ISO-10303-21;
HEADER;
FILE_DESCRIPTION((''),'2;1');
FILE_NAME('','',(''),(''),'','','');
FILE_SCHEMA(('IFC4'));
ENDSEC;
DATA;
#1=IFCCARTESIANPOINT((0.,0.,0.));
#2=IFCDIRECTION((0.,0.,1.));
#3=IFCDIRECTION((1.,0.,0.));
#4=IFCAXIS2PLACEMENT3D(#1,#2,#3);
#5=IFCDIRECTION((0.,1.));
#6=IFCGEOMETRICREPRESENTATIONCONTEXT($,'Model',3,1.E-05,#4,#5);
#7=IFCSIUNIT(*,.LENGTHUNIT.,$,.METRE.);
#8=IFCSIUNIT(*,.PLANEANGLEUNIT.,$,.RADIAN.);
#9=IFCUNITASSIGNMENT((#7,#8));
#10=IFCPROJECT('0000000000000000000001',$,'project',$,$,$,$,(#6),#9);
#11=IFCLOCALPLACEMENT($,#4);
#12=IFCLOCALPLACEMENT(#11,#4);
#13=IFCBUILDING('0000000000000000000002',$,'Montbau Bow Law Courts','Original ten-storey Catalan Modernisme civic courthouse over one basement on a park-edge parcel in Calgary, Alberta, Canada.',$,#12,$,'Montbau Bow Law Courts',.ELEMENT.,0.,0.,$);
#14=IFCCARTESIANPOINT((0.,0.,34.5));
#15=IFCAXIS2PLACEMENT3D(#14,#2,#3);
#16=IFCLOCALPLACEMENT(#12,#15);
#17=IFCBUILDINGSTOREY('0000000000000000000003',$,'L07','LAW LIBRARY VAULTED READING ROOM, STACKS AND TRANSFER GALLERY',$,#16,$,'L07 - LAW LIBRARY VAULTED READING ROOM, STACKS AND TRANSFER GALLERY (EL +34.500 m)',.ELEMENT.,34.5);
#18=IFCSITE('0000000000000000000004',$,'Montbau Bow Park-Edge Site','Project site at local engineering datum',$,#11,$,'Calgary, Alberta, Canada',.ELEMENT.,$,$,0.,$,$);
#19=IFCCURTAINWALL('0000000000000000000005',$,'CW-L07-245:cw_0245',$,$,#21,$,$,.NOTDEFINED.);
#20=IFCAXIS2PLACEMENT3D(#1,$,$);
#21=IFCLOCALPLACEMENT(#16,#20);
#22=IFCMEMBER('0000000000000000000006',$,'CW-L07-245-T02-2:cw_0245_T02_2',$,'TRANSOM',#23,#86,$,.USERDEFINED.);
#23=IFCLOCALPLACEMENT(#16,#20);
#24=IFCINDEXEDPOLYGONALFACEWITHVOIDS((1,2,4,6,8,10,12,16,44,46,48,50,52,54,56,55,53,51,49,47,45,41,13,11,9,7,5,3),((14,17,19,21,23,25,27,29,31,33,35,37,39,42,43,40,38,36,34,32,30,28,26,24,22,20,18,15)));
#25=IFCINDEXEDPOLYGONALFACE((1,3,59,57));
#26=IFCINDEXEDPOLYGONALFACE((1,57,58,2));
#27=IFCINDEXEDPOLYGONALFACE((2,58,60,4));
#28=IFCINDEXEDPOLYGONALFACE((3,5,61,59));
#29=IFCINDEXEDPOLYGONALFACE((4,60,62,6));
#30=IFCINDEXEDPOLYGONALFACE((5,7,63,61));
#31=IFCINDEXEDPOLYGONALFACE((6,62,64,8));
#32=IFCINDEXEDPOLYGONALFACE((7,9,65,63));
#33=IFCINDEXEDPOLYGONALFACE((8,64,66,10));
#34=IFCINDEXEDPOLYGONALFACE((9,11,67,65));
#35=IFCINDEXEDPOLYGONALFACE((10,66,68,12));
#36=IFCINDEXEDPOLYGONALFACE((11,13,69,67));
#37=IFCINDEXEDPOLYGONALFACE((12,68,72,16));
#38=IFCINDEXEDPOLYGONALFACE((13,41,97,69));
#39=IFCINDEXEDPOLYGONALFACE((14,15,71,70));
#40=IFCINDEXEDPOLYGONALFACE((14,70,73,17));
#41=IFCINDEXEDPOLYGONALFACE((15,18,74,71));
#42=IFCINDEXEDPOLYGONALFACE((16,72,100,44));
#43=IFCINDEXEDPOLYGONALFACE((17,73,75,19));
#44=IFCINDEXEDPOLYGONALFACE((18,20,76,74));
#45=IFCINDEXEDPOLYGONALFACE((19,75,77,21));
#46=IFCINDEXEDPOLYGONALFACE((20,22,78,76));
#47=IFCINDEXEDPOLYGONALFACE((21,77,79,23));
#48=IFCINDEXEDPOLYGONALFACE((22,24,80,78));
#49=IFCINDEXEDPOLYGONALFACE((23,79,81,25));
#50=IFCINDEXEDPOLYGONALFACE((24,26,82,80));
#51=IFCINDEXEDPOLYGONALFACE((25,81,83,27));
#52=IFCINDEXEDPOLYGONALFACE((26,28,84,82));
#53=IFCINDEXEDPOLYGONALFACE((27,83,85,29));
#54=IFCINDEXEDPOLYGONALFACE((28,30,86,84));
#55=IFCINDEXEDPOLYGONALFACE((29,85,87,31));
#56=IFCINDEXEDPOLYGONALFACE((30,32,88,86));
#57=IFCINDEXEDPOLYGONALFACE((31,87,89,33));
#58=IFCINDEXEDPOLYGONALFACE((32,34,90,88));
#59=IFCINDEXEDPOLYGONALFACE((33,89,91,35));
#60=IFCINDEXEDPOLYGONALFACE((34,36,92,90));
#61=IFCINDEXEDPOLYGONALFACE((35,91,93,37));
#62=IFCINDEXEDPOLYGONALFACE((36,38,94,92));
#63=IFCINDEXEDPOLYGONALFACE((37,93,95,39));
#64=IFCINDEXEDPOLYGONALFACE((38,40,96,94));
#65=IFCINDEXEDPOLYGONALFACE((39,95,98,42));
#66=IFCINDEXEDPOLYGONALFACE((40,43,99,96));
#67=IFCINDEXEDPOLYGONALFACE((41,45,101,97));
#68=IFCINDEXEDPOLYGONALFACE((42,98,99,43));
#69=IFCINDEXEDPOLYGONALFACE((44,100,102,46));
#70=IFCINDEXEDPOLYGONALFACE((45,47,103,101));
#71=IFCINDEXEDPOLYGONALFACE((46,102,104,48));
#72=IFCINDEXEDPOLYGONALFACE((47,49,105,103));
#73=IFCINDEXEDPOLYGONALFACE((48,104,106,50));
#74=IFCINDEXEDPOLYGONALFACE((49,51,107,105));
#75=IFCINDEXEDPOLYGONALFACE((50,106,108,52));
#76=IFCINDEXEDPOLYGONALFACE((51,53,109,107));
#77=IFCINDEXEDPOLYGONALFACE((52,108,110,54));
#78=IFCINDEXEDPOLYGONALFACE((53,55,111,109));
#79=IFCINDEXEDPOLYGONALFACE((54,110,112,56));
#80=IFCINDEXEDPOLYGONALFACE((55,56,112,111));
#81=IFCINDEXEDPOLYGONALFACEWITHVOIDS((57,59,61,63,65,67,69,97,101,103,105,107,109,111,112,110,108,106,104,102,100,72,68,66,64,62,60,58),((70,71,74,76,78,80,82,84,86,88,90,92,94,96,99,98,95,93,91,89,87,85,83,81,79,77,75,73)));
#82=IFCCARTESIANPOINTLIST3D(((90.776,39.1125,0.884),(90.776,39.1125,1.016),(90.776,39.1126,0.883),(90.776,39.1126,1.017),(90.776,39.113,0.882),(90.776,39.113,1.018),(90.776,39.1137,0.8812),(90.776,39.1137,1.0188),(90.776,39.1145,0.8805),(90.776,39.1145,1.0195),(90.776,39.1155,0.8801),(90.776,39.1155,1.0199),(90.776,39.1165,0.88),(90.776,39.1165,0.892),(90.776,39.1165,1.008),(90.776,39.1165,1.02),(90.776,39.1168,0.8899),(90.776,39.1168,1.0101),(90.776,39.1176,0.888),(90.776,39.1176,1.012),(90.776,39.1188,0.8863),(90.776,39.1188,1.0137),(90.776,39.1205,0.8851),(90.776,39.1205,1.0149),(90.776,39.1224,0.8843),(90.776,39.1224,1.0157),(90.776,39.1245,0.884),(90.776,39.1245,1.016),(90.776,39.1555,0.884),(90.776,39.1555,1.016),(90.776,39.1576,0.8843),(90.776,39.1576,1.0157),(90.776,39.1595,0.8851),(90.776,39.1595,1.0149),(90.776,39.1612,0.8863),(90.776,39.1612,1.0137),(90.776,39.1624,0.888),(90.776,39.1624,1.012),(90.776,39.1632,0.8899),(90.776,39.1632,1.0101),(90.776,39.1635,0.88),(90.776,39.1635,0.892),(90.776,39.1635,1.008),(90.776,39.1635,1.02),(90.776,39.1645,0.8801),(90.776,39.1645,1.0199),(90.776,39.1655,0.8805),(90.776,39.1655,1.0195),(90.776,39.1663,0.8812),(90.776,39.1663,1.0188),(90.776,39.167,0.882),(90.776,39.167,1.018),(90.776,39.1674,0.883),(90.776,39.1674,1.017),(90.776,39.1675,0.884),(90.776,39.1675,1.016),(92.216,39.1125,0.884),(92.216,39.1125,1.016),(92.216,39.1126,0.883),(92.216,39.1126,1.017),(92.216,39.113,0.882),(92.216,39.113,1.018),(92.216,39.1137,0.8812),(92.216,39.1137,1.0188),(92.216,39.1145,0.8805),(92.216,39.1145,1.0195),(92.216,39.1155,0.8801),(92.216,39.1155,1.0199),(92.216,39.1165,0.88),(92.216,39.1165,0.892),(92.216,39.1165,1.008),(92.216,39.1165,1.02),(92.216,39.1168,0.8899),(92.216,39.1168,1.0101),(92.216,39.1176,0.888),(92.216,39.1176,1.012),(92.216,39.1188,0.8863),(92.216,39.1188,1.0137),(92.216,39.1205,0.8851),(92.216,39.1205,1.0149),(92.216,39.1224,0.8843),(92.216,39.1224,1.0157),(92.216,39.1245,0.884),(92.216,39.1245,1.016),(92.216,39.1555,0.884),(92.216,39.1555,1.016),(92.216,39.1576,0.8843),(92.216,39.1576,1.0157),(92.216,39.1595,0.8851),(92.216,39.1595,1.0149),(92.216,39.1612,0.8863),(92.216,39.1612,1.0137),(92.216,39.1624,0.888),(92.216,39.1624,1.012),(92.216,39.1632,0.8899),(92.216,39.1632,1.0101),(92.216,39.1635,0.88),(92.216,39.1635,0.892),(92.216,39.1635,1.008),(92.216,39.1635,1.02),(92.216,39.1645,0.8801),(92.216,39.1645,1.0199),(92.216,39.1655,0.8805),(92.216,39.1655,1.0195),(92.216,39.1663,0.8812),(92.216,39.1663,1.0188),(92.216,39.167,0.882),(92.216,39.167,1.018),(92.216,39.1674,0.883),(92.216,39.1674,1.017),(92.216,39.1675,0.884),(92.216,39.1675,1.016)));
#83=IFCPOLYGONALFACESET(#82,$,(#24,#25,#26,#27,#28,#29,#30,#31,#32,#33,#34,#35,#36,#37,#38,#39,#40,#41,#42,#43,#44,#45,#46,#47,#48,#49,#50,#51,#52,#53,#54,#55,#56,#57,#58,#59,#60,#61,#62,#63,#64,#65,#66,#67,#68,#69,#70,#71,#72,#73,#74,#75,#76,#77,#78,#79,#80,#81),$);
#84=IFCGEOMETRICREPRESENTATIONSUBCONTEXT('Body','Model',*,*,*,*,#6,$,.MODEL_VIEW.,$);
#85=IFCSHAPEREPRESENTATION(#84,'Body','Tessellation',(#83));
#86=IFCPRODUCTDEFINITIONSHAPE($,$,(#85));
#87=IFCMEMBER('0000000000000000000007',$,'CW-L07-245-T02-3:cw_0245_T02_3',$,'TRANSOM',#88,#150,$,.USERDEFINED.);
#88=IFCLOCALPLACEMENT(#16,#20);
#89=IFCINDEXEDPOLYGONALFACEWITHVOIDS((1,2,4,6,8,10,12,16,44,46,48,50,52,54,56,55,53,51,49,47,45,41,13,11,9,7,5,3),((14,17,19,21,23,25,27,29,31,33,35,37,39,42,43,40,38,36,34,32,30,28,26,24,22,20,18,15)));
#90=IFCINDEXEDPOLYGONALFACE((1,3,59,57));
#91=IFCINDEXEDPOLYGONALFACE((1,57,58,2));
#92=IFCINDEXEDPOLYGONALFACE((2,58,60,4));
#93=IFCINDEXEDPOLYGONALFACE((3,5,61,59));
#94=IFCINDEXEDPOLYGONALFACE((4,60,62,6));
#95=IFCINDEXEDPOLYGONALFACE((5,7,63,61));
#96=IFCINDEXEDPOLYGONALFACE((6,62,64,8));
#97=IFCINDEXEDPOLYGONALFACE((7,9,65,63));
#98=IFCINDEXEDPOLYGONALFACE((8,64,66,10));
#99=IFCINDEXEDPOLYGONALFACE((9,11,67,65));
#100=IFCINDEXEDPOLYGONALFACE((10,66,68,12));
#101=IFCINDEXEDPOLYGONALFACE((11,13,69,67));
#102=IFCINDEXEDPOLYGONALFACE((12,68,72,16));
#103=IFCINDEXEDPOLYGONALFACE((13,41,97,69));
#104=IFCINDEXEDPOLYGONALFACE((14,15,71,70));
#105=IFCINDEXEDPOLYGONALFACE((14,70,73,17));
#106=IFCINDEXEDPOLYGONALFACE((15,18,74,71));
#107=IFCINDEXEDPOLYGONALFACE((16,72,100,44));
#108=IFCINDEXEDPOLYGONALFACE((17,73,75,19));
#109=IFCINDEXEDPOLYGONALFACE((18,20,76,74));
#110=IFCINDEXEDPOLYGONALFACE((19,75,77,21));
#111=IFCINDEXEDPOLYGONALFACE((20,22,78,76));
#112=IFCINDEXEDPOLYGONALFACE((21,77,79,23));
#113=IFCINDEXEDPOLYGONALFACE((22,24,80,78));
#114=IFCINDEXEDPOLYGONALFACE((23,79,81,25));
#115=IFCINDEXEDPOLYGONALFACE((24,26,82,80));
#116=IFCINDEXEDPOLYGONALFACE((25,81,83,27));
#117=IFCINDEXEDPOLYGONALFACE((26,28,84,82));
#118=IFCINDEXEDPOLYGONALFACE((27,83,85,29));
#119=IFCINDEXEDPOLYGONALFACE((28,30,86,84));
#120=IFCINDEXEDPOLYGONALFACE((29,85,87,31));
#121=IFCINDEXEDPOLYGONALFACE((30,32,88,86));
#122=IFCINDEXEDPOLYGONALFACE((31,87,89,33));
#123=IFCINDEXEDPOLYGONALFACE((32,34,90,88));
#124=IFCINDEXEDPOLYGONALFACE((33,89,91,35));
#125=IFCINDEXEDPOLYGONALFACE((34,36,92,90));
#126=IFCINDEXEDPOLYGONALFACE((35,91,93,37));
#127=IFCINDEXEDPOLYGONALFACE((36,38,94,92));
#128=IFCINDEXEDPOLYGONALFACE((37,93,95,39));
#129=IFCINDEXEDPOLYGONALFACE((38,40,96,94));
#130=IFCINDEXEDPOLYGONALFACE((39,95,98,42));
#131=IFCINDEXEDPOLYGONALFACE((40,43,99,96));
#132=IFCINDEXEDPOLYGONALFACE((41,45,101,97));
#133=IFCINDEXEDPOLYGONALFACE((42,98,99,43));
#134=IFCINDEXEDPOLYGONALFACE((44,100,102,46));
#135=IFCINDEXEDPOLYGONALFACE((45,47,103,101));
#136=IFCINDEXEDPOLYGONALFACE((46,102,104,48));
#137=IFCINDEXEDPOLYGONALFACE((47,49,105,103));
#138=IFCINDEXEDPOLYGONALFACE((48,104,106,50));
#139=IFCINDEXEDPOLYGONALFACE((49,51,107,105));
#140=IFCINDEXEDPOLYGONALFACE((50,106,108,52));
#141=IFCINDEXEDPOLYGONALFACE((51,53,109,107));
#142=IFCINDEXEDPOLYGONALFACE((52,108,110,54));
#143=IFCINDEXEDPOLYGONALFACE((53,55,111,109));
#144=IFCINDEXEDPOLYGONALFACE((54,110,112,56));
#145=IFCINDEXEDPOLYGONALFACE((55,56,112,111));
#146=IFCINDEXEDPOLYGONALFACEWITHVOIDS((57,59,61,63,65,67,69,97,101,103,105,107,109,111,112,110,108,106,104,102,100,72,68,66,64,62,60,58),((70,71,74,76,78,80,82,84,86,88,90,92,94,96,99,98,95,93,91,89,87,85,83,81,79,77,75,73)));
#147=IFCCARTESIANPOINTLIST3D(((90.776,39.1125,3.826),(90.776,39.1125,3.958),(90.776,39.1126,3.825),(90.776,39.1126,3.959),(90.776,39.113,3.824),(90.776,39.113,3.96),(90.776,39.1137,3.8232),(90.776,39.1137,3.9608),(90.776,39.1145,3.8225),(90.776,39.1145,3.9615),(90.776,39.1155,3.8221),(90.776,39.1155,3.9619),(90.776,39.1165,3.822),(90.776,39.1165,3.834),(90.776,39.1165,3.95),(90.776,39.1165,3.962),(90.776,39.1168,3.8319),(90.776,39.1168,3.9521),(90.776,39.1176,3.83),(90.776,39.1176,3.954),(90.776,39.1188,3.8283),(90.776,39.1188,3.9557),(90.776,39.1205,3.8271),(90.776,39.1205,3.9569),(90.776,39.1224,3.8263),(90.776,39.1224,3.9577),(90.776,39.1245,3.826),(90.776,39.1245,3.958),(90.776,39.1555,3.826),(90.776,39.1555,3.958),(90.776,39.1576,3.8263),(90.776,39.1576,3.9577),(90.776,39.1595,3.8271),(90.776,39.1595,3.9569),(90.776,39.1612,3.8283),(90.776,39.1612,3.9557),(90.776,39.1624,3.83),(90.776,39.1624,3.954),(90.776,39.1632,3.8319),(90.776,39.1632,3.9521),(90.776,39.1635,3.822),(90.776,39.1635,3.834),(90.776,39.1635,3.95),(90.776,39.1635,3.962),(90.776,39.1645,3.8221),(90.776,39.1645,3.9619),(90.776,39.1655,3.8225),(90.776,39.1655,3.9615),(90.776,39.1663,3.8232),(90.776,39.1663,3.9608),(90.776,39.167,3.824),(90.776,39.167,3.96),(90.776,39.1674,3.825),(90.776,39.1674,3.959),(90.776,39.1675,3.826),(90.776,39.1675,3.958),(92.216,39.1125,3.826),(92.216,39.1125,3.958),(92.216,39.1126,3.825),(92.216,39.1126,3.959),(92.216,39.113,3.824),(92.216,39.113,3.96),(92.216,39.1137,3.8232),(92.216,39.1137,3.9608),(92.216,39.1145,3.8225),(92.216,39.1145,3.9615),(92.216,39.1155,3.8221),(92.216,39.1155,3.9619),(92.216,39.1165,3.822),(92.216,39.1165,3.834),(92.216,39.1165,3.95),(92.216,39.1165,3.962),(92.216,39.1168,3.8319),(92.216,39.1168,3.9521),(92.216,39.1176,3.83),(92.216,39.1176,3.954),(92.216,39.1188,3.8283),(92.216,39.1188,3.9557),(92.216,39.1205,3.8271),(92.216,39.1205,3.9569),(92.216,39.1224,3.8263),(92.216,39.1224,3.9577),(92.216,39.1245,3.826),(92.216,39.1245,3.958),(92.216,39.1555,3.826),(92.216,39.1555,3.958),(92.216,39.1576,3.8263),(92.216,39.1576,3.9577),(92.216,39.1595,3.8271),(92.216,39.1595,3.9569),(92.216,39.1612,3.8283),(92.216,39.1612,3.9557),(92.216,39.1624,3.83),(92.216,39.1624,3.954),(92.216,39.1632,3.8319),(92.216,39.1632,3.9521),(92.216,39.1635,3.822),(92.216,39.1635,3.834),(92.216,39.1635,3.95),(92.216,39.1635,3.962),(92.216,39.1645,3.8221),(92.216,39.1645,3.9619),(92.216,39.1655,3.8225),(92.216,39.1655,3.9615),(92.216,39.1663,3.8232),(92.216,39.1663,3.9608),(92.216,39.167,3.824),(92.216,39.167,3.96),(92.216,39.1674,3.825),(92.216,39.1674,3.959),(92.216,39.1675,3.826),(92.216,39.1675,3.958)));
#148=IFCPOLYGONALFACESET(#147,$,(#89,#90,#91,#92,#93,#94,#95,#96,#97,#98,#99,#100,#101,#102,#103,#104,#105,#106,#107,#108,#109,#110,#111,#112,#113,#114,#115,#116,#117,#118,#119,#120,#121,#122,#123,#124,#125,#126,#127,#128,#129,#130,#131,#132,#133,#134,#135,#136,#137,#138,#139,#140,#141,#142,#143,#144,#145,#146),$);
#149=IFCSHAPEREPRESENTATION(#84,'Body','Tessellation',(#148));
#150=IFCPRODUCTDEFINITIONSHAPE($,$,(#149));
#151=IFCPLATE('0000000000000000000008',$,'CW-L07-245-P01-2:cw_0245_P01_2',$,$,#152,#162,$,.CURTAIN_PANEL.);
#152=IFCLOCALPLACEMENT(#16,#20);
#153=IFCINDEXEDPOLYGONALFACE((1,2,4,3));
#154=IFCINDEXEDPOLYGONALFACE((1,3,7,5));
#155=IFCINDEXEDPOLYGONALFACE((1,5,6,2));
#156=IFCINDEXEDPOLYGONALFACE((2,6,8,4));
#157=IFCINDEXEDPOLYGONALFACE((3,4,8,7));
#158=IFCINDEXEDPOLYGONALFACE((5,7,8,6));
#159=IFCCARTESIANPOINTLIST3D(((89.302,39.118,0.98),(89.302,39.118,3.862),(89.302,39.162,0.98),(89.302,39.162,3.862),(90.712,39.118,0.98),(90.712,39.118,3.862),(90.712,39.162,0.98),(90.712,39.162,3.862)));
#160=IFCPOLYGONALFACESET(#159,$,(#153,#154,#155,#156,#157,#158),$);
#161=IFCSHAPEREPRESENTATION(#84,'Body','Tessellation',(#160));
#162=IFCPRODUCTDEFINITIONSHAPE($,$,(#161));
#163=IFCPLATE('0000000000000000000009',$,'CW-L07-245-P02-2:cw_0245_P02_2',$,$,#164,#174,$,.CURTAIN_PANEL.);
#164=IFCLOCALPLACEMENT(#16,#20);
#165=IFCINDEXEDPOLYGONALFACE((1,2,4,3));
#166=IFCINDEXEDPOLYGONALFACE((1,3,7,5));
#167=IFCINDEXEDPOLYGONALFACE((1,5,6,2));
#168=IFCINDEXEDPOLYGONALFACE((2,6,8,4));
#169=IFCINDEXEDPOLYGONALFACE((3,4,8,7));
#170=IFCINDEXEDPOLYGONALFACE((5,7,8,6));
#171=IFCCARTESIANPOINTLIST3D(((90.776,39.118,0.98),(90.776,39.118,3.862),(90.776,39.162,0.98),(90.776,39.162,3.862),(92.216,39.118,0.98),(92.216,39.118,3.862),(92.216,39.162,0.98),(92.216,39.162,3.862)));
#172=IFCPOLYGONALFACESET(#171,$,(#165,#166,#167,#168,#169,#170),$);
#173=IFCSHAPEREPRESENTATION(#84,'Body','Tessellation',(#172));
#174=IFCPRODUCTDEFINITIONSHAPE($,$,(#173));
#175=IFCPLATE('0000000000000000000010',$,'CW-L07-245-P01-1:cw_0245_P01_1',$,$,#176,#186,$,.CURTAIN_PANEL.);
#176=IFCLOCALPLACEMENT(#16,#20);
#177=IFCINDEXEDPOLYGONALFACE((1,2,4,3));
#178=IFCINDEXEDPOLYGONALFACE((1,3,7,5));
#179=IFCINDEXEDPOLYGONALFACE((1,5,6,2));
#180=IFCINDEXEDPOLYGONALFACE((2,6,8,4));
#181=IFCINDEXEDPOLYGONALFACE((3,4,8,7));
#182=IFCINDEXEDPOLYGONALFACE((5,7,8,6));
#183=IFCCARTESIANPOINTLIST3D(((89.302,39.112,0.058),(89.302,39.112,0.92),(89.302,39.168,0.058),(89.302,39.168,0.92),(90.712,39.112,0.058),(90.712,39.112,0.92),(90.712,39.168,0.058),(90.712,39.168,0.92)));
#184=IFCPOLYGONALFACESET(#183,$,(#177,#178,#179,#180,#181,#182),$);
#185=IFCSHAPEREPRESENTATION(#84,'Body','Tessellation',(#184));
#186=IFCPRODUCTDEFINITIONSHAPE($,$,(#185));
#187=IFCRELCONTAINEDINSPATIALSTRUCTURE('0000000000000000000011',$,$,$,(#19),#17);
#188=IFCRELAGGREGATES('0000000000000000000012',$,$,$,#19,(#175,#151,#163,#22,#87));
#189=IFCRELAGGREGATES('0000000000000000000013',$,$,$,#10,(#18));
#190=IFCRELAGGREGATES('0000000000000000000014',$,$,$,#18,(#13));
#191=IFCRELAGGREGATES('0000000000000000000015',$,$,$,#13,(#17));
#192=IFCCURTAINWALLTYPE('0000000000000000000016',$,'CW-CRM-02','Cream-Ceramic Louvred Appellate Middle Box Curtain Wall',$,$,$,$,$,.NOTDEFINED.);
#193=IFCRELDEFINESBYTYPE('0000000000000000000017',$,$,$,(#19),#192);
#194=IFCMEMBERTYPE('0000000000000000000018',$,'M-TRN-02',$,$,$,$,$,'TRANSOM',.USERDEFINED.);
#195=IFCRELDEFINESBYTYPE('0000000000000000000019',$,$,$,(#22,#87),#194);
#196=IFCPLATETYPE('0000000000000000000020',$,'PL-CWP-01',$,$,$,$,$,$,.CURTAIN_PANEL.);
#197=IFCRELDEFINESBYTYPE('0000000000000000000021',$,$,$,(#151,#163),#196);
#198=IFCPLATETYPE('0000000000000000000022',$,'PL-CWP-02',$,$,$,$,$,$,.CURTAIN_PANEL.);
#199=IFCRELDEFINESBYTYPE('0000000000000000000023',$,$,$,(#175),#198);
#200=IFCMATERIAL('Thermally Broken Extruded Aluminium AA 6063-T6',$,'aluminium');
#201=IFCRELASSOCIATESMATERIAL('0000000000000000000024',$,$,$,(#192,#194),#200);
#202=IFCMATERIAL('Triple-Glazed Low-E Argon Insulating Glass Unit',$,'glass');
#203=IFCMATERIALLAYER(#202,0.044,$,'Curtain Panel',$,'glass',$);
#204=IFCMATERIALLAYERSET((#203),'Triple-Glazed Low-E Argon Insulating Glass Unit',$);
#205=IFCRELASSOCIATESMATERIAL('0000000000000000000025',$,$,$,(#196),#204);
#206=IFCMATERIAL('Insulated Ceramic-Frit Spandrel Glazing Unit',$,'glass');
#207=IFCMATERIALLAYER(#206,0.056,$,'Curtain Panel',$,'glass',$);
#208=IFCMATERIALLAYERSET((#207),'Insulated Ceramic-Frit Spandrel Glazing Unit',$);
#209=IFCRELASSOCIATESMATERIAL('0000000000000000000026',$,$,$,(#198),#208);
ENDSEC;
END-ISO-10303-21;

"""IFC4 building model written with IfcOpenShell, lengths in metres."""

from ifc_helpers import new_model, si_unit, direction, frame, frame_2d, origin_with_axes, origin_2d_with_axis, place, context, subcontext, project, spatial, rectangle, hollow_rectangle, extrude, material, layer, layer_set, material_profile, profile_set, type_object, element, aggregate, save


model = new_model("IFC4")

# Units and contexts
model_context = context("Model", 3, precision=1e-05, world=origin_with_axes(), true_north=direction((0.0, 1.0)))
body_context = subcontext(model_context, "Body", "Model", "MODEL_VIEW")
ifc_project = project(units=[si_unit("LENGTHUNIT", "METRE"), si_unit("PLANEANGLEUNIT", "RADIAN")], contexts=[model_context])

# Site, building, storey
site_placement = place(None, origin_with_axes())
site = spatial("IfcSite", under=ifc_project, at=site_placement, Name="Montbau Bow Park-Edge Site", Description="Project site at local engineering datum", LongName="Calgary, Alberta, Canada", CompositionType="ELEMENT", RefElevation=0.0)
building_placement = place(site_placement, origin_with_axes())
building = spatial("IfcBuilding", under=site, at=building_placement, Name="Montbau Bow Law Courts", Description="Original ten-storey Catalan Modernisme civic courthouse over one basement on a park-edge parcel in Calgary, Alberta, Canada.", LongName="Montbau Bow Law Courts", CompositionType="ELEMENT", ElevationOfRefHeight=0.0, ElevationOfTerrain=0.0)
storey_placement = place(building_placement, frame((0.0, 0.0, 34.5), z_axis=(0.0, 0.0, 1.0), x_axis=(1.0, 0.0, 0.0)))
storey = spatial("IfcBuildingStorey", under=building, at=storey_placement, Name="L07", Description="LAW LIBRARY VAULTED READING ROOM, STACKS AND TRANSFER GALLERY", LongName="L07 - LAW LIBRARY VAULTED READING ROOM, STACKS AND TRANSFER GALLERY (EL +34.500 m)", CompositionType="ELEMENT", Elevation=34.5)

# Shared definitions
ifc_material_1 = material(Name="Thermally Broken Extruded Aluminium AA 6063-T6", Category="aluminium")
curtain_wall_type = type_object("IfcCurtainWallType", Name="CW-CRM-02", Description="Cream-Ceramic Louvred Appellate Middle Box Curtain Wall", PredefinedType="NOTDEFINED", material=ifc_material_1)

# Curtain wall, members, plates
curtain_wall_1_placement = place(None, frame((89.24, 39.14, 34.5), z_axis=(0.0, 0.0, 1.0), x_axis=(1.0, 0.0, 0.0)))
curtain_wall_1 = element("IfcCurtainWall", 1, at=curtain_wall_1_placement, inside=storey, type_object=curtain_wall_type, Name="CW-L07-245:cw_0245", PredefinedType="NOTDEFINED")
ifc_material_profile_1 = material_profile(ifc_material_1, hollow_rectangle(XDim=0.055, YDim=0.14, WallThickness=0.004, InnerFilletRadius=0.008, OuterFilletRadius=0.004, at=origin_2d_with_axis()), Name="CWT-140X55", Category="Main", Priority=0)
ifc_profile_set_1 = profile_set([ifc_material_profile_1], Name="Thermally Broken Extruded Aluminium AA 6063-T6")
member_type_1 = type_object("IfcMemberType", Name="M-TRN-02", ElementType="TRANSOM", PredefinedType="USERDEFINED", material=ifc_profile_set_1)
member_1_placement = place(None, frame((90.776, 39.14, 35.45), z_axis=(1.0, 0.0, 0.0), x_axis=(0.0, 1.0, 0.0)))
member_1 = element("IfcMember", 2, at=member_1_placement, type_object=member_type_1, Name="CW-L07-245-T02-2:cw_0245_T02_2", ObjectType="TRANSOM", PredefinedType="USERDEFINED", context=body_context, shape_type="SweptSolid", body=[
    extrude(hollow_rectangle(XDim=0.055, YDim=0.14, WallThickness=0.004, InnerFilletRadius=0.008, OuterFilletRadius=0.004, at=origin_2d_with_axis()), origin_with_axes(), (0.0, 0.0, 1.0), 1.44),
])
member_2_placement = place(None, frame((90.776, 39.14, 38.392), z_axis=(1.0, 0.0, 0.0), x_axis=(0.0, 1.0, 0.0)))
member_2 = element("IfcMember", 3, at=member_2_placement, type_object=member_type_1, Name="CW-L07-245-T02-3:cw_0245_T02_3", ObjectType="TRANSOM", PredefinedType="USERDEFINED", context=body_context, shape_type="SweptSolid", body=[
    extrude(hollow_rectangle(XDim=0.055, YDim=0.14, WallThickness=0.004, InnerFilletRadius=0.008, OuterFilletRadius=0.004, at=origin_2d_with_axis()), origin_with_axes(), (0.0, 0.0, 1.0), 1.44),
])
ifc_material_2 = material(Name="Triple-Glazed Low-E Argon Insulating Glass Unit", Category="glass")
ifc_layer_1 = layer(ifc_material_2, 0.044, Name="Curtain Panel", Category="glass")
ifc_layer_set_1 = layer_set([ifc_layer_1], Name="Triple-Glazed Low-E Argon Insulating Glass Unit")
plate_type_1 = type_object("IfcPlateType", Name="PL-CWP-01", PredefinedType="CURTAIN_PANEL", material=ifc_layer_set_1)
plate_1_placement = place(None, frame((89.302, 39.14, 35.48), z_axis=(0.0, -1.0, 0.0), x_axis=(1.0, 0.0, 0.0)))
plate_1 = element("IfcPlate", 4, at=plate_1_placement, type_object=plate_type_1, Name="CW-L07-245-P01-2:cw_0245_P01_2", PredefinedType="CURTAIN_PANEL", context=body_context, shape_type="SweptSolid", body=[
    extrude(rectangle(XDim=1.41, YDim=2.882, at=frame_2d((0.705, 1.441), x_axis=(1.0, 0.0))), frame((0.0, 0.0, -0.022), z_axis=(0.0, 0.0, 1.0), x_axis=(1.0, 0.0, 0.0)), (0.0, 0.0, 1.0), 0.044),
])
plate_2_placement = place(None, frame((90.776, 39.14, 35.48), z_axis=(0.0, -1.0, 0.0), x_axis=(1.0, 0.0, 0.0)))
plate_2 = element("IfcPlate", 5, at=plate_2_placement, type_object=plate_type_1, Name="CW-L07-245-P02-2:cw_0245_P02_2", PredefinedType="CURTAIN_PANEL", context=body_context, shape_type="SweptSolid", body=[
    extrude(rectangle(XDim=1.44, YDim=2.882, at=frame_2d((0.72, 1.441), x_axis=(1.0, 0.0))), frame((0.0, 0.0, -0.022), z_axis=(0.0, 0.0, 1.0), x_axis=(1.0, 0.0, 0.0)), (0.0, 0.0, 1.0), 0.044),
])
ifc_material_3 = material(Name="Insulated Ceramic-Frit Spandrel Glazing Unit", Category="glass")
ifc_layer_2 = layer(ifc_material_3, 0.056, Name="Curtain Panel", Category="glass")
ifc_layer_set_2 = layer_set([ifc_layer_2], Name="Insulated Ceramic-Frit Spandrel Glazing Unit")
plate_type_2 = type_object("IfcPlateType", Name="PL-CWP-02", PredefinedType="CURTAIN_PANEL", material=ifc_layer_set_2)
plate_3_placement = place(None, frame((89.302, 39.14, 34.558), z_axis=(0.0, -1.0, 0.0), x_axis=(1.0, 0.0, 0.0)))
plate_3 = element("IfcPlate", 6, at=plate_3_placement, type_object=plate_type_2, Name="CW-L07-245-P01-1:cw_0245_P01_1", PredefinedType="CURTAIN_PANEL", context=body_context, shape_type="SweptSolid", body=[
    extrude(rectangle(XDim=1.41, YDim=0.862, at=frame_2d((0.705, 0.431), x_axis=(1.0, 0.0))), frame((0.0, 0.0, -0.028), z_axis=(0.0, 0.0, 1.0), x_axis=(1.0, 0.0, 0.0)), (0.0, 0.0, 1.0), 0.056),
])
aggregate(curtain_wall_1, [plate_3, plate_1, plate_2, member_1, member_2])

save(model, "model.ifc")
